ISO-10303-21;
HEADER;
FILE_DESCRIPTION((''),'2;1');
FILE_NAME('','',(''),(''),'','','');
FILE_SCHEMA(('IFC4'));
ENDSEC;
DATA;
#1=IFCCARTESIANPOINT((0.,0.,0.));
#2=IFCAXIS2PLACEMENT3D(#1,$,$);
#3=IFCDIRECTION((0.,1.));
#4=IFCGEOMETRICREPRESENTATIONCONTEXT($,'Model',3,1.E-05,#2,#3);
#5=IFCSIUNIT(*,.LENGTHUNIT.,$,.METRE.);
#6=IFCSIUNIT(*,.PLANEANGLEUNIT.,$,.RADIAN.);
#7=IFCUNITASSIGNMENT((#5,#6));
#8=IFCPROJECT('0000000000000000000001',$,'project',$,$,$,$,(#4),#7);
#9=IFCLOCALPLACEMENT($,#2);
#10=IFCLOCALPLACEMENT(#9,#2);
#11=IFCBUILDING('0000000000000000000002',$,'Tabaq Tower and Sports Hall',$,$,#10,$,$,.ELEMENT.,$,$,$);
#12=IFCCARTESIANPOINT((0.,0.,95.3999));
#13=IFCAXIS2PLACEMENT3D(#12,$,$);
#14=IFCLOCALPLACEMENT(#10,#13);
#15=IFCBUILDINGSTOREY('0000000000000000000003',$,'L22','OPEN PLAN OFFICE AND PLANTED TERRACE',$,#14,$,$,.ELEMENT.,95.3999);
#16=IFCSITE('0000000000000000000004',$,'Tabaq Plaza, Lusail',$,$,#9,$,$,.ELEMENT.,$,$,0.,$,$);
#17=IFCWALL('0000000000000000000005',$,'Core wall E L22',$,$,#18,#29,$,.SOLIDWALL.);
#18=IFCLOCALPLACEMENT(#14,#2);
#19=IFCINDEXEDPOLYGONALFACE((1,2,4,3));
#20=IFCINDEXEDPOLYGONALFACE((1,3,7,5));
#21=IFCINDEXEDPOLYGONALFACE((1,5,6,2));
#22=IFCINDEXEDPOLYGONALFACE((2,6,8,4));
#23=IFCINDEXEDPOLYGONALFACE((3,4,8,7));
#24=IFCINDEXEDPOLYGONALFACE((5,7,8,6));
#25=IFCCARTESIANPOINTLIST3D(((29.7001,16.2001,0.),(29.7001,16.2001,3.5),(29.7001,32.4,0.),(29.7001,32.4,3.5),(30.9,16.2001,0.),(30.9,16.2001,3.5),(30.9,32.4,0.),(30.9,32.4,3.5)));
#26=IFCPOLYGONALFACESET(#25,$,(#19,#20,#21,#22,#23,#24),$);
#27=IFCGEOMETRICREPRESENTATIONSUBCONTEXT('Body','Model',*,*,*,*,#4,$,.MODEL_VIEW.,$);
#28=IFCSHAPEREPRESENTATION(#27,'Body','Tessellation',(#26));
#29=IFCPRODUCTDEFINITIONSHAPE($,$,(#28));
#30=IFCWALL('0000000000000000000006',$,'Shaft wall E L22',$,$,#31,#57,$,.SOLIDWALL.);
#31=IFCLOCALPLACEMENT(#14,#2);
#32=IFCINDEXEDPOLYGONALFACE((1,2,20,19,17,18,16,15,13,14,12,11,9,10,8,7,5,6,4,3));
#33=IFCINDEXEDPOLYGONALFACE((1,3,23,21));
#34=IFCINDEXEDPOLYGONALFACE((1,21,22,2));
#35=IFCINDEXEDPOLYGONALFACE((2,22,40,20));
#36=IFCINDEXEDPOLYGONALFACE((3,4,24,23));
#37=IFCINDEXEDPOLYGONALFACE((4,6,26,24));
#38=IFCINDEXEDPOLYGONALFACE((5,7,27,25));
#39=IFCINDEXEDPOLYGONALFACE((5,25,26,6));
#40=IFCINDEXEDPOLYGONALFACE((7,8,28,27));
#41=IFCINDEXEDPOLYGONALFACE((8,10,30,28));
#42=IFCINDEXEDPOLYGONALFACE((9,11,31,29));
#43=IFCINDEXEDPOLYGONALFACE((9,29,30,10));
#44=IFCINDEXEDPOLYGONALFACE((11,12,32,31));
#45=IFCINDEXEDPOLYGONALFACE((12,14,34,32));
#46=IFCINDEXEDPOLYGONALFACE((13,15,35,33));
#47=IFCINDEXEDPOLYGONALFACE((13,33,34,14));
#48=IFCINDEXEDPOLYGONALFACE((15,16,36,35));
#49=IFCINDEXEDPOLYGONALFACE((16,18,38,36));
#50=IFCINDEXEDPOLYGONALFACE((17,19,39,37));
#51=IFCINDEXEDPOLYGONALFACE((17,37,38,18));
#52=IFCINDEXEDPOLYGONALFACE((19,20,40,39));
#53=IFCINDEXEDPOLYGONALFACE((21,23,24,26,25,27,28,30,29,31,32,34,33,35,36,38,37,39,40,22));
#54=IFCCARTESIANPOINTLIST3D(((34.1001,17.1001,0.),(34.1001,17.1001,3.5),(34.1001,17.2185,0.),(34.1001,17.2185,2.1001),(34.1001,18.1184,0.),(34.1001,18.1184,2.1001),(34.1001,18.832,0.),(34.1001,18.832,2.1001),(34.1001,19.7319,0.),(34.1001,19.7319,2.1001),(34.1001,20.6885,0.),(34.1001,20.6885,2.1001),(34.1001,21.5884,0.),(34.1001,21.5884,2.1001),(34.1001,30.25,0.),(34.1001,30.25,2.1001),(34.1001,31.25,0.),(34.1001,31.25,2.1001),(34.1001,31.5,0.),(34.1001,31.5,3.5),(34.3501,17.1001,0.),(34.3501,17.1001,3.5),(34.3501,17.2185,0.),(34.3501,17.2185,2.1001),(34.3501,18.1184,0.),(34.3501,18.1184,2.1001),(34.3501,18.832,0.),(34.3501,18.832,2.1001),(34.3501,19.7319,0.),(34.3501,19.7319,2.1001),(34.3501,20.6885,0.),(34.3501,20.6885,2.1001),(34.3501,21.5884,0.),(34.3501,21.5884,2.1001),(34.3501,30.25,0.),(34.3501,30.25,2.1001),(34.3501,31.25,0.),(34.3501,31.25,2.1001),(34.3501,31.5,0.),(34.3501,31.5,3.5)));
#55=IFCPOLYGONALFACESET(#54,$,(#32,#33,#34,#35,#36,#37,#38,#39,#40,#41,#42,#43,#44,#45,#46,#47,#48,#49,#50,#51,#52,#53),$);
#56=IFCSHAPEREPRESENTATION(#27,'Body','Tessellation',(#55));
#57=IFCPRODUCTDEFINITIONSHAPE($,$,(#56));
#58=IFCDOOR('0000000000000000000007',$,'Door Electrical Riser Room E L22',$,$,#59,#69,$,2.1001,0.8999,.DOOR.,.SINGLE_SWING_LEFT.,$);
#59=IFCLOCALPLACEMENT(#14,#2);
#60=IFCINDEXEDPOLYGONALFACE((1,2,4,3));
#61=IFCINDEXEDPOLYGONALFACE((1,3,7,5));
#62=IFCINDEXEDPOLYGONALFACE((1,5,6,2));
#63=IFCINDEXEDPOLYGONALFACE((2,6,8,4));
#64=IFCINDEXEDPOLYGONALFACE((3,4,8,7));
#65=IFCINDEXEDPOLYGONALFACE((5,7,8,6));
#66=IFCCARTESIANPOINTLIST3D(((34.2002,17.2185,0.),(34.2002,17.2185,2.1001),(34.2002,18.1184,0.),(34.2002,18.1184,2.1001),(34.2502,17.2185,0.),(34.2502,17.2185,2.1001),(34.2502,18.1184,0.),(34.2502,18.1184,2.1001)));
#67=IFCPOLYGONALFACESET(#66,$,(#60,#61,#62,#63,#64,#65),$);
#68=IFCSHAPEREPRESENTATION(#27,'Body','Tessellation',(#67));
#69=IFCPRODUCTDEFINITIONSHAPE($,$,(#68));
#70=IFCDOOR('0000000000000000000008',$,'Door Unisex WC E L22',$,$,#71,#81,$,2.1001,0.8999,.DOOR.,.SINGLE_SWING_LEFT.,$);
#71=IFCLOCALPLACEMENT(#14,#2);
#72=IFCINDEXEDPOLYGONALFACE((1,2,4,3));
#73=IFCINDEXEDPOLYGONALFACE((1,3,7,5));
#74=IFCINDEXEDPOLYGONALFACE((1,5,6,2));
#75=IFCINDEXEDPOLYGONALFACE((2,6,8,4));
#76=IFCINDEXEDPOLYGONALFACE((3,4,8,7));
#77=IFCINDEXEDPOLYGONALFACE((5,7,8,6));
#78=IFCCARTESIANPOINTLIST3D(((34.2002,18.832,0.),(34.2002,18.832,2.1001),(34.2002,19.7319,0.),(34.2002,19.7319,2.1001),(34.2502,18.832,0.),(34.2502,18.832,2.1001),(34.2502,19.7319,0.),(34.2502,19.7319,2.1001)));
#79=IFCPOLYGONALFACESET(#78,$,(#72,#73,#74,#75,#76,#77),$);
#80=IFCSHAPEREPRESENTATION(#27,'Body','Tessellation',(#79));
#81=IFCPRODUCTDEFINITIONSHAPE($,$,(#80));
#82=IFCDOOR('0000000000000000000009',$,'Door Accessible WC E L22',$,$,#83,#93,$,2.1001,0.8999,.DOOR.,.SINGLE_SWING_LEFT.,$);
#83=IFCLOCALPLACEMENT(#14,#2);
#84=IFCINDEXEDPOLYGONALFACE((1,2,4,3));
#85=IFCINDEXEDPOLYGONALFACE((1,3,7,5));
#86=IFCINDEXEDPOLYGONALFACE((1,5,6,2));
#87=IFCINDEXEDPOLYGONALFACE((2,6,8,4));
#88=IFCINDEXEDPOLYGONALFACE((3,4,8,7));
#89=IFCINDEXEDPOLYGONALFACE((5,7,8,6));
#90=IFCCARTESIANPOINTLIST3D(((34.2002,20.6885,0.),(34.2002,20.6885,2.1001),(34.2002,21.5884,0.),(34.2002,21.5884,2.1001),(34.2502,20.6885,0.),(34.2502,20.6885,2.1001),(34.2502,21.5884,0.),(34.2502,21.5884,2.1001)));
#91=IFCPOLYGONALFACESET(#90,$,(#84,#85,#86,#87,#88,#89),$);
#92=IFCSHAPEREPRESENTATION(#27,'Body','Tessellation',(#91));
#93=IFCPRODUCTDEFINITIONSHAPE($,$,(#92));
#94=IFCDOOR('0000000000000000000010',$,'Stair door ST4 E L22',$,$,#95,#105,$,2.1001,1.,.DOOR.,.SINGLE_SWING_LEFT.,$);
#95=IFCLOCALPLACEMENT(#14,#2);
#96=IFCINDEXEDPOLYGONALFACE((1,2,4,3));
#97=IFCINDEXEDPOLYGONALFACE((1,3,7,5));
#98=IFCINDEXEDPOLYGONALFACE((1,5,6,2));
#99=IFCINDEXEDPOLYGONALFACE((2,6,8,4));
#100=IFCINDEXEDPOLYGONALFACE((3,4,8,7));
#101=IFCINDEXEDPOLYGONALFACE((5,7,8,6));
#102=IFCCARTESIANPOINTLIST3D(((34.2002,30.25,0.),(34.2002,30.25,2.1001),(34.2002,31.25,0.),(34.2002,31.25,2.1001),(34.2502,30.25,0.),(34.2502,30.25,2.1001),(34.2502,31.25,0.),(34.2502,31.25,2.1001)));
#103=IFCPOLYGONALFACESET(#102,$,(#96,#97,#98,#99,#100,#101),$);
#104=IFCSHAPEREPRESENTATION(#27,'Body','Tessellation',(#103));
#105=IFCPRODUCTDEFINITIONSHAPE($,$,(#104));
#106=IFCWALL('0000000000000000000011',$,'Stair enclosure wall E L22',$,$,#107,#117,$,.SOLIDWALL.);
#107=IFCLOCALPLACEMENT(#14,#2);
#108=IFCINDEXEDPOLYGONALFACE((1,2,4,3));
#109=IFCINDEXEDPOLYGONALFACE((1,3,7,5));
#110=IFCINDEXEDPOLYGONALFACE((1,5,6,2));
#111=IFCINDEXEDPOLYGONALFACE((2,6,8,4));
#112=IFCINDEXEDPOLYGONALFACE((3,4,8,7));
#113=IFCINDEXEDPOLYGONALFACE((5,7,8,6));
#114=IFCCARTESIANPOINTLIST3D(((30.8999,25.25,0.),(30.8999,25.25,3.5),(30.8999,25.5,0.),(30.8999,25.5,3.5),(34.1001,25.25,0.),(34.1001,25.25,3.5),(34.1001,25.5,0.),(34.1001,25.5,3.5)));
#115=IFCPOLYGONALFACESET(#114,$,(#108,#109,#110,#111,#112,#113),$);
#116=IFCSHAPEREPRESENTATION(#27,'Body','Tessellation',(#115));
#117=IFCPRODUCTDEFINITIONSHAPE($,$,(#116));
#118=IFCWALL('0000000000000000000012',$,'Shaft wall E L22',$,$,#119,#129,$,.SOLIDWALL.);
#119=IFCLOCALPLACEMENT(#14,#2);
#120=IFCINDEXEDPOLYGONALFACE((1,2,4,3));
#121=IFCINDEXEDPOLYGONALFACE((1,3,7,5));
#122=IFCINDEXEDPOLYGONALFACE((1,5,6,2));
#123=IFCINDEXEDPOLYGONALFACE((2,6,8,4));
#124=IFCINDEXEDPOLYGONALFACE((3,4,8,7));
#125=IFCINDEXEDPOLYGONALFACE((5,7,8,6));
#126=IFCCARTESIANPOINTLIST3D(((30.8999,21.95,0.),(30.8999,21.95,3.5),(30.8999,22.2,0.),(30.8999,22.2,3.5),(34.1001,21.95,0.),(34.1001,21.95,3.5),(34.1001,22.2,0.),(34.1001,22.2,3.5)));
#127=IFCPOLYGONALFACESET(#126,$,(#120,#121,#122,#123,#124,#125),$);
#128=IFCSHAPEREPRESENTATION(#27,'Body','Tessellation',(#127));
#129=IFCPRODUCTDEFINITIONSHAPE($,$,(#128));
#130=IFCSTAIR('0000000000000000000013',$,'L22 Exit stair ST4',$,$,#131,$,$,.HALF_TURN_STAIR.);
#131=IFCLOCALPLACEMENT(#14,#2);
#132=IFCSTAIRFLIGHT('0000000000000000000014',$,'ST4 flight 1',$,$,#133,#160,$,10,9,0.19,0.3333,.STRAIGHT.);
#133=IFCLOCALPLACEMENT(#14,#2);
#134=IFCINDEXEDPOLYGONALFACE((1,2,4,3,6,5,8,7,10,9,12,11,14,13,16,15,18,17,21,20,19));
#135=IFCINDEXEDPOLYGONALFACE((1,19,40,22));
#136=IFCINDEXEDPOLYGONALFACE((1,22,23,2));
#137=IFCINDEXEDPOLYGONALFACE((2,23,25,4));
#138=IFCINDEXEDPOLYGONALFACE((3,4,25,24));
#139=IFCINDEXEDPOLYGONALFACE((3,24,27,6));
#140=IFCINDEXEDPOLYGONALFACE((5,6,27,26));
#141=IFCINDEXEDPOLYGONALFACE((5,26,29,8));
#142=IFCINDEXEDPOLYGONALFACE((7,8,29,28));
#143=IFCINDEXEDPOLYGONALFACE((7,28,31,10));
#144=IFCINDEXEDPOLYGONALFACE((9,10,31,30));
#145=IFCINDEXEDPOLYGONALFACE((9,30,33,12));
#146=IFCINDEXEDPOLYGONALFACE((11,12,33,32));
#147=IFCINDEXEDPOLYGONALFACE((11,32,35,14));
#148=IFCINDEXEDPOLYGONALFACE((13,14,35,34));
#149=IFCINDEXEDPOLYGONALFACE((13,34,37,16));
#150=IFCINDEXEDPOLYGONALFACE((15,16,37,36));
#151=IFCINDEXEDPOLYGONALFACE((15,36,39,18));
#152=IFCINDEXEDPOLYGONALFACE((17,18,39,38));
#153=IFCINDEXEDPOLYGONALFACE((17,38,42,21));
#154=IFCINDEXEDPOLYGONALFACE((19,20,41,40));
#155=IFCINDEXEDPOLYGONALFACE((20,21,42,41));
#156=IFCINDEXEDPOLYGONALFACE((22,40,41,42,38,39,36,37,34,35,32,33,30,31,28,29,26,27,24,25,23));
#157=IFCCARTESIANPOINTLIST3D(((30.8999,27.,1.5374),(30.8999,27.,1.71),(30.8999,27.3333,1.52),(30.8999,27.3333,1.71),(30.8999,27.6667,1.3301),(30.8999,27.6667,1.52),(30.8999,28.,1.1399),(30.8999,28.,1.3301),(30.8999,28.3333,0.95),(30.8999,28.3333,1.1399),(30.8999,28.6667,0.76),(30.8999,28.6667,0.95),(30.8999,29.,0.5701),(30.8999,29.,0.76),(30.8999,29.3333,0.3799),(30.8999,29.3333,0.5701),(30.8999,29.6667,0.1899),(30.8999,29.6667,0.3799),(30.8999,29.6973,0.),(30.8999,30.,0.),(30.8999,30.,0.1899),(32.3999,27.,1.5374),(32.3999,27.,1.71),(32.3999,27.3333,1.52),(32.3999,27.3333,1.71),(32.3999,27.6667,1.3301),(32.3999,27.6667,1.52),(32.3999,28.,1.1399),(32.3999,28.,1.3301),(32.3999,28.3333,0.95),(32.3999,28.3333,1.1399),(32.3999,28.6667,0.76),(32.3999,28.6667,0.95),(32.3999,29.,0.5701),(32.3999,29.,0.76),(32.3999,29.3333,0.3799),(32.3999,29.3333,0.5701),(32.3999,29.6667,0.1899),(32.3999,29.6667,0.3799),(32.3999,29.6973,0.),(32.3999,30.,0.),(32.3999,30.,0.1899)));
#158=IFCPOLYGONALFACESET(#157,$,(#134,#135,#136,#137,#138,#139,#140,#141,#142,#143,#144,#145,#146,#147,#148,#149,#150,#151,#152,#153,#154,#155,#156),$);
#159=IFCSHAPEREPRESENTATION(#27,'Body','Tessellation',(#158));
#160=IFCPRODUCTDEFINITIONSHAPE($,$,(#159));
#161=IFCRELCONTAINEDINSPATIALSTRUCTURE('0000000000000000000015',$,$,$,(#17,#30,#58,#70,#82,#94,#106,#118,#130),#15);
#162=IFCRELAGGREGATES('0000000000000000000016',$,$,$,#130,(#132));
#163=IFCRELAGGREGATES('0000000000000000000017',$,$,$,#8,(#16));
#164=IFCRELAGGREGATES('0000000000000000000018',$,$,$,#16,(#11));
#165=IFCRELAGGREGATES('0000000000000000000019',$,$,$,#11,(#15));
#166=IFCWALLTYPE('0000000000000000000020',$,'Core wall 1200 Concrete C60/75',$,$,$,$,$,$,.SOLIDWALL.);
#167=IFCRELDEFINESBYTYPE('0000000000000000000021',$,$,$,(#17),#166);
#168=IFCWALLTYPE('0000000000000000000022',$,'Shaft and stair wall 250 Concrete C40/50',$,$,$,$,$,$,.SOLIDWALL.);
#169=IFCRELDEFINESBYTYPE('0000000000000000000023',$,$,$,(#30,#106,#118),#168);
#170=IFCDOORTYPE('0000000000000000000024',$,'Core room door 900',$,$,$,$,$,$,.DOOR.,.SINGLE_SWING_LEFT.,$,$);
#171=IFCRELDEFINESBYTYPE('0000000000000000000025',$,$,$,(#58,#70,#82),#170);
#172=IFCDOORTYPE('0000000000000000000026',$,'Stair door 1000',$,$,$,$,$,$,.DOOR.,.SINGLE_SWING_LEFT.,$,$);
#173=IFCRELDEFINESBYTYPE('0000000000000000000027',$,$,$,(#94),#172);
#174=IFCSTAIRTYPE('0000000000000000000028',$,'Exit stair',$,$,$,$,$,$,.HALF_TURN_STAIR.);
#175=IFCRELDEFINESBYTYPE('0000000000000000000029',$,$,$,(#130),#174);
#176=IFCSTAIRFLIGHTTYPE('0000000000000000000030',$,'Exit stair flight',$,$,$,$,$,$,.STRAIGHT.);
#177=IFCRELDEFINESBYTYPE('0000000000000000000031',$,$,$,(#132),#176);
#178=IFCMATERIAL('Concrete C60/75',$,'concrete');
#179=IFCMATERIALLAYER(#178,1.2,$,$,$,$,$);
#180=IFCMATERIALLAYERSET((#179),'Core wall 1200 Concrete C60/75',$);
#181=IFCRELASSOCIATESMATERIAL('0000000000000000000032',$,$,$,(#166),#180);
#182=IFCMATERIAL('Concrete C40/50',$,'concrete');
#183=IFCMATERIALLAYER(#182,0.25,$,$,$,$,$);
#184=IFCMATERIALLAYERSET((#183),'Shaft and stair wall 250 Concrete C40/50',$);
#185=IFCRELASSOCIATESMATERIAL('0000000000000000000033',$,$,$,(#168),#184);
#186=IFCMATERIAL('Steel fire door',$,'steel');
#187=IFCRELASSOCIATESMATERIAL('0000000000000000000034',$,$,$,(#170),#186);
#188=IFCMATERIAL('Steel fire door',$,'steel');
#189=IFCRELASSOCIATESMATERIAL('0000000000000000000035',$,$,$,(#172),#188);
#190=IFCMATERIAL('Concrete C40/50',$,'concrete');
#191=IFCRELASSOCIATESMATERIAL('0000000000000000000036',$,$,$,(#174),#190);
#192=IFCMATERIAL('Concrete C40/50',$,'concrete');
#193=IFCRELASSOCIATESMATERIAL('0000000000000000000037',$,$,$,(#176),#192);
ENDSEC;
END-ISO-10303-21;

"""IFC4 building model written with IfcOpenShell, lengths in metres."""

from ifc_helpers import new_model, si_unit, direction, frame, frame_2d, origin, place, context, subcontext, project, spatial, polyline, rectangle, outline, extrude, material, layer, layer_set, type_object, element, fill, aggregate, save


model = new_model("IFC4")

# Units and contexts
model_context = context("Model", 3, precision=1e-05, world=origin(), true_north=direction((0.0, 1.0)))
body_context = subcontext(model_context, "Body", "Model", "MODEL_VIEW")
ifc_project = project(units=[si_unit("LENGTHUNIT", "METRE"), si_unit("PLANEANGLEUNIT", "RADIAN")], contexts=[model_context])

# Site, building, storey
site_placement = place(None, origin())
site = spatial("IfcSite", under=ifc_project, at=site_placement, Name="Tabaq Plaza, Lusail", CompositionType="ELEMENT", RefElevation=0.0)
building_placement = place(site_placement, origin())
building = spatial("IfcBuilding", under=site, at=building_placement, Name="Tabaq Tower and Sports Hall", CompositionType="ELEMENT")
storey_placement = place(building_placement, frame((0.0, 0.0, 95.3999)))
storey = spatial("IfcBuildingStorey", under=building, at=storey_placement, Name="L22", Description="OPEN PLAN OFFICE AND PLANTED TERRACE", CompositionType="ELEMENT", Elevation=95.3999)

# Wall
ifc_material_1 = material(Name="Concrete C60/75", Category="concrete")
ifc_layer_1 = layer(ifc_material_1, 1.2)
ifc_layer_set_1 = layer_set([ifc_layer_1], Name="Core wall 1200 Concrete C60/75")
wall_type_1 = type_object("IfcWallType", Name="Core wall 1200 Concrete C60/75", PredefinedType="SOLIDWALL", material=ifc_layer_set_1)
wall_1_placement = place(storey_placement, frame((30.3, 16.2, 0.0), z_axis=(0.0, 0.0, 1.0), x_axis=(0.0, 1.0, 0.0)))
element("IfcWall", 1, at=wall_1_placement, inside=storey, type_object=wall_type_1, Name="Core wall E L22", PredefinedType="SOLIDWALL", context=body_context, shape_type="SweptSolid", body=[
    extrude(rectangle(XDim=16.2, YDim=1.2, at=frame_2d((8.1001, 0.0))), origin(), (0.0, 0.0, 1.0), 3.5),
])

# Wall, openings, doors
ifc_material_2 = material(Name="Concrete C40/50", Category="concrete")
ifc_layer_2 = layer(ifc_material_2, 0.25)
ifc_layer_set_2 = layer_set([ifc_layer_2], Name="Shaft and stair wall 250 Concrete C40/50")
wall_type_2 = type_object("IfcWallType", Name="Shaft and stair wall 250 Concrete C40/50", PredefinedType="SOLIDWALL", material=ifc_layer_set_2)
wall_2_placement = place(storey_placement, frame((34.2251, 17.1001, 0.0), z_axis=(0.0, 0.0, 1.0), x_axis=(0.0, 1.0, 0.0)))
wall_2 = element("IfcWall", 2, at=wall_2_placement, inside=storey, type_object=wall_type_2, Name="Shaft wall E L22", PredefinedType="SOLIDWALL", context=body_context, shape_type="SweptSolid", body=[
    extrude(rectangle(XDim=14.3999, YDim=0.25, at=frame_2d((7.2, 0.0))), origin(), (0.0, 0.0, 1.0), 3.5),
])
opening_1_placement = place(wall_2_placement, frame((13.1499, 0.0, 0.0)))
opening_1 = element("IfcOpeningElement", 3, at=opening_1_placement, cuts=wall_2, PredefinedType="OPENING", context=body_context, shape_type="SweptSolid", body=[
    extrude(rectangle(XDim=1.0, YDim=2.1001, at=frame_2d((0.5, 1.05))), frame((0.0, 0.125, 0.0), z_axis=(0.0, -1.0, 0.0), x_axis=(1.0, 0.0, 0.0)), (0.0, 0.0, 1.0), 0.25),
])
opening_2_placement = place(wall_2_placement, frame((0.1184, 0.0, 0.0)))
opening_2 = element("IfcOpeningElement", 4, at=opening_2_placement, cuts=wall_2, PredefinedType="OPENING", context=body_context, shape_type="SweptSolid", body=[
    extrude(rectangle(XDim=0.8999, YDim=2.1001, at=frame_2d((0.45, 1.05))), frame((0.0, 0.125, 0.0), z_axis=(0.0, -1.0, 0.0), x_axis=(1.0, 0.0, 0.0)), (0.0, 0.0, 1.0), 0.25),
])
opening_3_placement = place(wall_2_placement, frame((1.7319, 0.0, 0.0)))
opening_3 = element("IfcOpeningElement", 5, at=opening_3_placement, cuts=wall_2, PredefinedType="OPENING", context=body_context, shape_type="SweptSolid", body=[
    extrude(rectangle(XDim=0.8999, YDim=2.1001, at=frame_2d((0.45, 1.05))), frame((0.0, 0.125, 0.0), z_axis=(0.0, -1.0, 0.0), x_axis=(1.0, 0.0, 0.0)), (0.0, 0.0, 1.0), 0.25),
])
opening_4_placement = place(wall_2_placement, frame((3.5884, 0.0, 0.0)))
opening_4 = element("IfcOpeningElement", 6, at=opening_4_placement, cuts=wall_2, PredefinedType="OPENING", context=body_context, shape_type="SweptSolid", body=[
    extrude(rectangle(XDim=0.8999, YDim=2.1001, at=frame_2d((0.45, 1.05))), frame((0.0, 0.125, 0.0), z_axis=(0.0, -1.0, 0.0), x_axis=(1.0, 0.0, 0.0)), (0.0, 0.0, 1.0), 0.25),
])
ifc_material_3 = material(Name="Steel fire door", Category="steel")
door_type_1 = type_object("IfcDoorType", Name="Core room door 900", OperationType="SINGLE_SWING_LEFT", PredefinedType="DOOR", material=ifc_material_3)
door_1_placement = place(opening_2_placement, origin())
door_1 = element("IfcDoor", 7, at=door_1_placement, inside=storey, type_object=door_type_1, Name="Door Electrical Riser Room E L22", OperationType="SINGLE_SWING_LEFT", OverallHeight=2.1001, OverallWidth=0.8999, PredefinedType="DOOR", context=body_context, shape_type="SweptSolid", body=[
    extrude(rectangle(XDim=0.8999, YDim=2.1001, at=frame_2d((0.45, 1.05))), frame((0.0, 0.0249, 0.0), z_axis=(0.0, -1.0, 0.0), x_axis=(1.0, 0.0, 0.0)), (0.0, 0.0, 1.0), 0.05),
])
fill(opening_2, door_1)
door_2_placement = place(opening_3_placement, origin())
door_2 = element("IfcDoor", 8, at=door_2_placement, inside=storey, type_object=door_type_1, Name="Door Unisex WC E L22", OperationType="SINGLE_SWING_LEFT", OverallHeight=2.1001, OverallWidth=0.8999, PredefinedType="DOOR", context=body_context, shape_type="SweptSolid", body=[
    extrude(rectangle(XDim=0.8999, YDim=2.1001, at=frame_2d((0.45, 1.05))), frame((0.0, 0.0249, 0.0), z_axis=(0.0, -1.0, 0.0), x_axis=(1.0, 0.0, 0.0)), (0.0, 0.0, 1.0), 0.05),
])
fill(opening_3, door_2)
door_3_placement = place(opening_4_placement, origin())
door_3 = element("IfcDoor", 9, at=door_3_placement, inside=storey, type_object=door_type_1, Name="Door Accessible WC E L22", OperationType="SINGLE_SWING_LEFT", OverallHeight=2.1001, OverallWidth=0.8999, PredefinedType="DOOR", context=body_context, shape_type="SweptSolid", body=[
    extrude(rectangle(XDim=0.8999, YDim=2.1001, at=frame_2d((0.45, 1.05))), frame((0.0, 0.0249, 0.0), z_axis=(0.0, -1.0, 0.0), x_axis=(1.0, 0.0, 0.0)), (0.0, 0.0, 1.0), 0.05),
])
fill(opening_4, door_3)
ifc_material_4 = material(Name="Steel fire door", Category="steel")
door_type_2 = type_object("IfcDoorType", Name="Stair door 1000", OperationType="SINGLE_SWING_LEFT", PredefinedType="DOOR", material=ifc_material_4)
door_4_placement = place(opening_1_placement, origin())
door_4 = element("IfcDoor", 10, at=door_4_placement, inside=storey, type_object=door_type_2, Name="Stair door ST4 E L22", OperationType="SINGLE_SWING_LEFT", OverallHeight=2.1001, OverallWidth=1.0, PredefinedType="DOOR", context=body_context, shape_type="SweptSolid", body=[
    extrude(rectangle(XDim=1.0, YDim=2.1001, at=frame_2d((0.5, 1.05))), frame((0.0, 0.0249, 0.0), z_axis=(0.0, -1.0, 0.0), x_axis=(1.0, 0.0, 0.0)), (0.0, 0.0, 1.0), 0.05),
])
fill(opening_1, door_4)

# Walls
for number, where, z_axis, x_axis, name in (
    (11, (30.8999, 25.375, 0.0), (0.0, 0.0, 1.0), (1.0, 0.0, 0.0), "Stair enclosure wall E L22"),
    (12, (30.8999, 22.075, 0.0), (0.0, 0.0, 1.0), (1.0, 0.0, 0.0), "Shaft wall E L22"),
):
    element("IfcWall", number, at=place(storey_placement, frame(where, z_axis=z_axis, x_axis=x_axis)), inside=storey, type_object=wall_type_2, Name=name, PredefinedType="SOLIDWALL", context=body_context, shape_type="SweptSolid", body=[
        extrude(rectangle(XDim=3.2002, YDim=0.25, at=frame_2d((1.6001, 0.0))), origin(), (0.0, 0.0, 1.0), 3.5),
    ])

# Stair, stair flight
ifc_material_5 = material(Name="Concrete C40/50", Category="concrete")
stair_type = type_object("IfcStairType", Name="Exit stair", PredefinedType="HALF_TURN_STAIR", material=ifc_material_5)
stair_placement = place(storey_placement, origin())
stair = element("IfcStair", 13, at=stair_placement, inside=storey, type_object=stair_type, Name="L22 Exit stair ST4", PredefinedType="HALF_TURN_STAIR")
ifc_material_6 = material(Name="Concrete C40/50", Category="concrete")
stair_flight_type = type_object("IfcStairFlightType", Name="Exit stair flight", PredefinedType="STRAIGHT", material=ifc_material_6)
stair_flight_1_placement = place(storey_placement, frame((31.6499, 30.0, 0.0), z_axis=(0.0, 0.0, 1.0), x_axis=(0.0, -1.0, 0.0)))
stair_flight_1 = element("IfcStairFlight", 14, at=stair_flight_1_placement, type_object=stair_flight_type, Name="ST4 flight 1", NumberOfRisers=10, NumberOfTreads=9, PredefinedType="STRAIGHT", RiserHeight=0.19, TreadLength=0.3333, context=body_context, shape_type="SweptSolid", body=[
    extrude(outline(polyline([(0.0, 0.0), (0.0, 0.1899), (0.3333, 0.1899), (0.3333, 0.3799), (0.6667, 0.3799), (0.6667, 0.5701), (1.0, 0.5701), (1.0, 0.76), (1.3333, 0.76), (1.3333, 0.95), (1.6667, 0.95), (1.6667, 1.1399), (2.0, 1.1399), (2.0, 1.3301), (2.3333, 1.3301), (2.3333, 1.52), (2.6667, 1.52), (2.6667, 1.71), (3.0, 1.71), (3.0, 1.8999), (3.0, 1.5374), (0.3027, 0.0), (0.0, 0.0)])), frame((0.0, 0.75, 0.0), z_axis=(0.0, -1.0, 0.0), x_axis=(1.0, 0.0, 0.0)), (0.0, 0.0, 1.0), 1.5),
])
aggregate(stair, [stair_flight_1])

save(model, "model.ifc")
